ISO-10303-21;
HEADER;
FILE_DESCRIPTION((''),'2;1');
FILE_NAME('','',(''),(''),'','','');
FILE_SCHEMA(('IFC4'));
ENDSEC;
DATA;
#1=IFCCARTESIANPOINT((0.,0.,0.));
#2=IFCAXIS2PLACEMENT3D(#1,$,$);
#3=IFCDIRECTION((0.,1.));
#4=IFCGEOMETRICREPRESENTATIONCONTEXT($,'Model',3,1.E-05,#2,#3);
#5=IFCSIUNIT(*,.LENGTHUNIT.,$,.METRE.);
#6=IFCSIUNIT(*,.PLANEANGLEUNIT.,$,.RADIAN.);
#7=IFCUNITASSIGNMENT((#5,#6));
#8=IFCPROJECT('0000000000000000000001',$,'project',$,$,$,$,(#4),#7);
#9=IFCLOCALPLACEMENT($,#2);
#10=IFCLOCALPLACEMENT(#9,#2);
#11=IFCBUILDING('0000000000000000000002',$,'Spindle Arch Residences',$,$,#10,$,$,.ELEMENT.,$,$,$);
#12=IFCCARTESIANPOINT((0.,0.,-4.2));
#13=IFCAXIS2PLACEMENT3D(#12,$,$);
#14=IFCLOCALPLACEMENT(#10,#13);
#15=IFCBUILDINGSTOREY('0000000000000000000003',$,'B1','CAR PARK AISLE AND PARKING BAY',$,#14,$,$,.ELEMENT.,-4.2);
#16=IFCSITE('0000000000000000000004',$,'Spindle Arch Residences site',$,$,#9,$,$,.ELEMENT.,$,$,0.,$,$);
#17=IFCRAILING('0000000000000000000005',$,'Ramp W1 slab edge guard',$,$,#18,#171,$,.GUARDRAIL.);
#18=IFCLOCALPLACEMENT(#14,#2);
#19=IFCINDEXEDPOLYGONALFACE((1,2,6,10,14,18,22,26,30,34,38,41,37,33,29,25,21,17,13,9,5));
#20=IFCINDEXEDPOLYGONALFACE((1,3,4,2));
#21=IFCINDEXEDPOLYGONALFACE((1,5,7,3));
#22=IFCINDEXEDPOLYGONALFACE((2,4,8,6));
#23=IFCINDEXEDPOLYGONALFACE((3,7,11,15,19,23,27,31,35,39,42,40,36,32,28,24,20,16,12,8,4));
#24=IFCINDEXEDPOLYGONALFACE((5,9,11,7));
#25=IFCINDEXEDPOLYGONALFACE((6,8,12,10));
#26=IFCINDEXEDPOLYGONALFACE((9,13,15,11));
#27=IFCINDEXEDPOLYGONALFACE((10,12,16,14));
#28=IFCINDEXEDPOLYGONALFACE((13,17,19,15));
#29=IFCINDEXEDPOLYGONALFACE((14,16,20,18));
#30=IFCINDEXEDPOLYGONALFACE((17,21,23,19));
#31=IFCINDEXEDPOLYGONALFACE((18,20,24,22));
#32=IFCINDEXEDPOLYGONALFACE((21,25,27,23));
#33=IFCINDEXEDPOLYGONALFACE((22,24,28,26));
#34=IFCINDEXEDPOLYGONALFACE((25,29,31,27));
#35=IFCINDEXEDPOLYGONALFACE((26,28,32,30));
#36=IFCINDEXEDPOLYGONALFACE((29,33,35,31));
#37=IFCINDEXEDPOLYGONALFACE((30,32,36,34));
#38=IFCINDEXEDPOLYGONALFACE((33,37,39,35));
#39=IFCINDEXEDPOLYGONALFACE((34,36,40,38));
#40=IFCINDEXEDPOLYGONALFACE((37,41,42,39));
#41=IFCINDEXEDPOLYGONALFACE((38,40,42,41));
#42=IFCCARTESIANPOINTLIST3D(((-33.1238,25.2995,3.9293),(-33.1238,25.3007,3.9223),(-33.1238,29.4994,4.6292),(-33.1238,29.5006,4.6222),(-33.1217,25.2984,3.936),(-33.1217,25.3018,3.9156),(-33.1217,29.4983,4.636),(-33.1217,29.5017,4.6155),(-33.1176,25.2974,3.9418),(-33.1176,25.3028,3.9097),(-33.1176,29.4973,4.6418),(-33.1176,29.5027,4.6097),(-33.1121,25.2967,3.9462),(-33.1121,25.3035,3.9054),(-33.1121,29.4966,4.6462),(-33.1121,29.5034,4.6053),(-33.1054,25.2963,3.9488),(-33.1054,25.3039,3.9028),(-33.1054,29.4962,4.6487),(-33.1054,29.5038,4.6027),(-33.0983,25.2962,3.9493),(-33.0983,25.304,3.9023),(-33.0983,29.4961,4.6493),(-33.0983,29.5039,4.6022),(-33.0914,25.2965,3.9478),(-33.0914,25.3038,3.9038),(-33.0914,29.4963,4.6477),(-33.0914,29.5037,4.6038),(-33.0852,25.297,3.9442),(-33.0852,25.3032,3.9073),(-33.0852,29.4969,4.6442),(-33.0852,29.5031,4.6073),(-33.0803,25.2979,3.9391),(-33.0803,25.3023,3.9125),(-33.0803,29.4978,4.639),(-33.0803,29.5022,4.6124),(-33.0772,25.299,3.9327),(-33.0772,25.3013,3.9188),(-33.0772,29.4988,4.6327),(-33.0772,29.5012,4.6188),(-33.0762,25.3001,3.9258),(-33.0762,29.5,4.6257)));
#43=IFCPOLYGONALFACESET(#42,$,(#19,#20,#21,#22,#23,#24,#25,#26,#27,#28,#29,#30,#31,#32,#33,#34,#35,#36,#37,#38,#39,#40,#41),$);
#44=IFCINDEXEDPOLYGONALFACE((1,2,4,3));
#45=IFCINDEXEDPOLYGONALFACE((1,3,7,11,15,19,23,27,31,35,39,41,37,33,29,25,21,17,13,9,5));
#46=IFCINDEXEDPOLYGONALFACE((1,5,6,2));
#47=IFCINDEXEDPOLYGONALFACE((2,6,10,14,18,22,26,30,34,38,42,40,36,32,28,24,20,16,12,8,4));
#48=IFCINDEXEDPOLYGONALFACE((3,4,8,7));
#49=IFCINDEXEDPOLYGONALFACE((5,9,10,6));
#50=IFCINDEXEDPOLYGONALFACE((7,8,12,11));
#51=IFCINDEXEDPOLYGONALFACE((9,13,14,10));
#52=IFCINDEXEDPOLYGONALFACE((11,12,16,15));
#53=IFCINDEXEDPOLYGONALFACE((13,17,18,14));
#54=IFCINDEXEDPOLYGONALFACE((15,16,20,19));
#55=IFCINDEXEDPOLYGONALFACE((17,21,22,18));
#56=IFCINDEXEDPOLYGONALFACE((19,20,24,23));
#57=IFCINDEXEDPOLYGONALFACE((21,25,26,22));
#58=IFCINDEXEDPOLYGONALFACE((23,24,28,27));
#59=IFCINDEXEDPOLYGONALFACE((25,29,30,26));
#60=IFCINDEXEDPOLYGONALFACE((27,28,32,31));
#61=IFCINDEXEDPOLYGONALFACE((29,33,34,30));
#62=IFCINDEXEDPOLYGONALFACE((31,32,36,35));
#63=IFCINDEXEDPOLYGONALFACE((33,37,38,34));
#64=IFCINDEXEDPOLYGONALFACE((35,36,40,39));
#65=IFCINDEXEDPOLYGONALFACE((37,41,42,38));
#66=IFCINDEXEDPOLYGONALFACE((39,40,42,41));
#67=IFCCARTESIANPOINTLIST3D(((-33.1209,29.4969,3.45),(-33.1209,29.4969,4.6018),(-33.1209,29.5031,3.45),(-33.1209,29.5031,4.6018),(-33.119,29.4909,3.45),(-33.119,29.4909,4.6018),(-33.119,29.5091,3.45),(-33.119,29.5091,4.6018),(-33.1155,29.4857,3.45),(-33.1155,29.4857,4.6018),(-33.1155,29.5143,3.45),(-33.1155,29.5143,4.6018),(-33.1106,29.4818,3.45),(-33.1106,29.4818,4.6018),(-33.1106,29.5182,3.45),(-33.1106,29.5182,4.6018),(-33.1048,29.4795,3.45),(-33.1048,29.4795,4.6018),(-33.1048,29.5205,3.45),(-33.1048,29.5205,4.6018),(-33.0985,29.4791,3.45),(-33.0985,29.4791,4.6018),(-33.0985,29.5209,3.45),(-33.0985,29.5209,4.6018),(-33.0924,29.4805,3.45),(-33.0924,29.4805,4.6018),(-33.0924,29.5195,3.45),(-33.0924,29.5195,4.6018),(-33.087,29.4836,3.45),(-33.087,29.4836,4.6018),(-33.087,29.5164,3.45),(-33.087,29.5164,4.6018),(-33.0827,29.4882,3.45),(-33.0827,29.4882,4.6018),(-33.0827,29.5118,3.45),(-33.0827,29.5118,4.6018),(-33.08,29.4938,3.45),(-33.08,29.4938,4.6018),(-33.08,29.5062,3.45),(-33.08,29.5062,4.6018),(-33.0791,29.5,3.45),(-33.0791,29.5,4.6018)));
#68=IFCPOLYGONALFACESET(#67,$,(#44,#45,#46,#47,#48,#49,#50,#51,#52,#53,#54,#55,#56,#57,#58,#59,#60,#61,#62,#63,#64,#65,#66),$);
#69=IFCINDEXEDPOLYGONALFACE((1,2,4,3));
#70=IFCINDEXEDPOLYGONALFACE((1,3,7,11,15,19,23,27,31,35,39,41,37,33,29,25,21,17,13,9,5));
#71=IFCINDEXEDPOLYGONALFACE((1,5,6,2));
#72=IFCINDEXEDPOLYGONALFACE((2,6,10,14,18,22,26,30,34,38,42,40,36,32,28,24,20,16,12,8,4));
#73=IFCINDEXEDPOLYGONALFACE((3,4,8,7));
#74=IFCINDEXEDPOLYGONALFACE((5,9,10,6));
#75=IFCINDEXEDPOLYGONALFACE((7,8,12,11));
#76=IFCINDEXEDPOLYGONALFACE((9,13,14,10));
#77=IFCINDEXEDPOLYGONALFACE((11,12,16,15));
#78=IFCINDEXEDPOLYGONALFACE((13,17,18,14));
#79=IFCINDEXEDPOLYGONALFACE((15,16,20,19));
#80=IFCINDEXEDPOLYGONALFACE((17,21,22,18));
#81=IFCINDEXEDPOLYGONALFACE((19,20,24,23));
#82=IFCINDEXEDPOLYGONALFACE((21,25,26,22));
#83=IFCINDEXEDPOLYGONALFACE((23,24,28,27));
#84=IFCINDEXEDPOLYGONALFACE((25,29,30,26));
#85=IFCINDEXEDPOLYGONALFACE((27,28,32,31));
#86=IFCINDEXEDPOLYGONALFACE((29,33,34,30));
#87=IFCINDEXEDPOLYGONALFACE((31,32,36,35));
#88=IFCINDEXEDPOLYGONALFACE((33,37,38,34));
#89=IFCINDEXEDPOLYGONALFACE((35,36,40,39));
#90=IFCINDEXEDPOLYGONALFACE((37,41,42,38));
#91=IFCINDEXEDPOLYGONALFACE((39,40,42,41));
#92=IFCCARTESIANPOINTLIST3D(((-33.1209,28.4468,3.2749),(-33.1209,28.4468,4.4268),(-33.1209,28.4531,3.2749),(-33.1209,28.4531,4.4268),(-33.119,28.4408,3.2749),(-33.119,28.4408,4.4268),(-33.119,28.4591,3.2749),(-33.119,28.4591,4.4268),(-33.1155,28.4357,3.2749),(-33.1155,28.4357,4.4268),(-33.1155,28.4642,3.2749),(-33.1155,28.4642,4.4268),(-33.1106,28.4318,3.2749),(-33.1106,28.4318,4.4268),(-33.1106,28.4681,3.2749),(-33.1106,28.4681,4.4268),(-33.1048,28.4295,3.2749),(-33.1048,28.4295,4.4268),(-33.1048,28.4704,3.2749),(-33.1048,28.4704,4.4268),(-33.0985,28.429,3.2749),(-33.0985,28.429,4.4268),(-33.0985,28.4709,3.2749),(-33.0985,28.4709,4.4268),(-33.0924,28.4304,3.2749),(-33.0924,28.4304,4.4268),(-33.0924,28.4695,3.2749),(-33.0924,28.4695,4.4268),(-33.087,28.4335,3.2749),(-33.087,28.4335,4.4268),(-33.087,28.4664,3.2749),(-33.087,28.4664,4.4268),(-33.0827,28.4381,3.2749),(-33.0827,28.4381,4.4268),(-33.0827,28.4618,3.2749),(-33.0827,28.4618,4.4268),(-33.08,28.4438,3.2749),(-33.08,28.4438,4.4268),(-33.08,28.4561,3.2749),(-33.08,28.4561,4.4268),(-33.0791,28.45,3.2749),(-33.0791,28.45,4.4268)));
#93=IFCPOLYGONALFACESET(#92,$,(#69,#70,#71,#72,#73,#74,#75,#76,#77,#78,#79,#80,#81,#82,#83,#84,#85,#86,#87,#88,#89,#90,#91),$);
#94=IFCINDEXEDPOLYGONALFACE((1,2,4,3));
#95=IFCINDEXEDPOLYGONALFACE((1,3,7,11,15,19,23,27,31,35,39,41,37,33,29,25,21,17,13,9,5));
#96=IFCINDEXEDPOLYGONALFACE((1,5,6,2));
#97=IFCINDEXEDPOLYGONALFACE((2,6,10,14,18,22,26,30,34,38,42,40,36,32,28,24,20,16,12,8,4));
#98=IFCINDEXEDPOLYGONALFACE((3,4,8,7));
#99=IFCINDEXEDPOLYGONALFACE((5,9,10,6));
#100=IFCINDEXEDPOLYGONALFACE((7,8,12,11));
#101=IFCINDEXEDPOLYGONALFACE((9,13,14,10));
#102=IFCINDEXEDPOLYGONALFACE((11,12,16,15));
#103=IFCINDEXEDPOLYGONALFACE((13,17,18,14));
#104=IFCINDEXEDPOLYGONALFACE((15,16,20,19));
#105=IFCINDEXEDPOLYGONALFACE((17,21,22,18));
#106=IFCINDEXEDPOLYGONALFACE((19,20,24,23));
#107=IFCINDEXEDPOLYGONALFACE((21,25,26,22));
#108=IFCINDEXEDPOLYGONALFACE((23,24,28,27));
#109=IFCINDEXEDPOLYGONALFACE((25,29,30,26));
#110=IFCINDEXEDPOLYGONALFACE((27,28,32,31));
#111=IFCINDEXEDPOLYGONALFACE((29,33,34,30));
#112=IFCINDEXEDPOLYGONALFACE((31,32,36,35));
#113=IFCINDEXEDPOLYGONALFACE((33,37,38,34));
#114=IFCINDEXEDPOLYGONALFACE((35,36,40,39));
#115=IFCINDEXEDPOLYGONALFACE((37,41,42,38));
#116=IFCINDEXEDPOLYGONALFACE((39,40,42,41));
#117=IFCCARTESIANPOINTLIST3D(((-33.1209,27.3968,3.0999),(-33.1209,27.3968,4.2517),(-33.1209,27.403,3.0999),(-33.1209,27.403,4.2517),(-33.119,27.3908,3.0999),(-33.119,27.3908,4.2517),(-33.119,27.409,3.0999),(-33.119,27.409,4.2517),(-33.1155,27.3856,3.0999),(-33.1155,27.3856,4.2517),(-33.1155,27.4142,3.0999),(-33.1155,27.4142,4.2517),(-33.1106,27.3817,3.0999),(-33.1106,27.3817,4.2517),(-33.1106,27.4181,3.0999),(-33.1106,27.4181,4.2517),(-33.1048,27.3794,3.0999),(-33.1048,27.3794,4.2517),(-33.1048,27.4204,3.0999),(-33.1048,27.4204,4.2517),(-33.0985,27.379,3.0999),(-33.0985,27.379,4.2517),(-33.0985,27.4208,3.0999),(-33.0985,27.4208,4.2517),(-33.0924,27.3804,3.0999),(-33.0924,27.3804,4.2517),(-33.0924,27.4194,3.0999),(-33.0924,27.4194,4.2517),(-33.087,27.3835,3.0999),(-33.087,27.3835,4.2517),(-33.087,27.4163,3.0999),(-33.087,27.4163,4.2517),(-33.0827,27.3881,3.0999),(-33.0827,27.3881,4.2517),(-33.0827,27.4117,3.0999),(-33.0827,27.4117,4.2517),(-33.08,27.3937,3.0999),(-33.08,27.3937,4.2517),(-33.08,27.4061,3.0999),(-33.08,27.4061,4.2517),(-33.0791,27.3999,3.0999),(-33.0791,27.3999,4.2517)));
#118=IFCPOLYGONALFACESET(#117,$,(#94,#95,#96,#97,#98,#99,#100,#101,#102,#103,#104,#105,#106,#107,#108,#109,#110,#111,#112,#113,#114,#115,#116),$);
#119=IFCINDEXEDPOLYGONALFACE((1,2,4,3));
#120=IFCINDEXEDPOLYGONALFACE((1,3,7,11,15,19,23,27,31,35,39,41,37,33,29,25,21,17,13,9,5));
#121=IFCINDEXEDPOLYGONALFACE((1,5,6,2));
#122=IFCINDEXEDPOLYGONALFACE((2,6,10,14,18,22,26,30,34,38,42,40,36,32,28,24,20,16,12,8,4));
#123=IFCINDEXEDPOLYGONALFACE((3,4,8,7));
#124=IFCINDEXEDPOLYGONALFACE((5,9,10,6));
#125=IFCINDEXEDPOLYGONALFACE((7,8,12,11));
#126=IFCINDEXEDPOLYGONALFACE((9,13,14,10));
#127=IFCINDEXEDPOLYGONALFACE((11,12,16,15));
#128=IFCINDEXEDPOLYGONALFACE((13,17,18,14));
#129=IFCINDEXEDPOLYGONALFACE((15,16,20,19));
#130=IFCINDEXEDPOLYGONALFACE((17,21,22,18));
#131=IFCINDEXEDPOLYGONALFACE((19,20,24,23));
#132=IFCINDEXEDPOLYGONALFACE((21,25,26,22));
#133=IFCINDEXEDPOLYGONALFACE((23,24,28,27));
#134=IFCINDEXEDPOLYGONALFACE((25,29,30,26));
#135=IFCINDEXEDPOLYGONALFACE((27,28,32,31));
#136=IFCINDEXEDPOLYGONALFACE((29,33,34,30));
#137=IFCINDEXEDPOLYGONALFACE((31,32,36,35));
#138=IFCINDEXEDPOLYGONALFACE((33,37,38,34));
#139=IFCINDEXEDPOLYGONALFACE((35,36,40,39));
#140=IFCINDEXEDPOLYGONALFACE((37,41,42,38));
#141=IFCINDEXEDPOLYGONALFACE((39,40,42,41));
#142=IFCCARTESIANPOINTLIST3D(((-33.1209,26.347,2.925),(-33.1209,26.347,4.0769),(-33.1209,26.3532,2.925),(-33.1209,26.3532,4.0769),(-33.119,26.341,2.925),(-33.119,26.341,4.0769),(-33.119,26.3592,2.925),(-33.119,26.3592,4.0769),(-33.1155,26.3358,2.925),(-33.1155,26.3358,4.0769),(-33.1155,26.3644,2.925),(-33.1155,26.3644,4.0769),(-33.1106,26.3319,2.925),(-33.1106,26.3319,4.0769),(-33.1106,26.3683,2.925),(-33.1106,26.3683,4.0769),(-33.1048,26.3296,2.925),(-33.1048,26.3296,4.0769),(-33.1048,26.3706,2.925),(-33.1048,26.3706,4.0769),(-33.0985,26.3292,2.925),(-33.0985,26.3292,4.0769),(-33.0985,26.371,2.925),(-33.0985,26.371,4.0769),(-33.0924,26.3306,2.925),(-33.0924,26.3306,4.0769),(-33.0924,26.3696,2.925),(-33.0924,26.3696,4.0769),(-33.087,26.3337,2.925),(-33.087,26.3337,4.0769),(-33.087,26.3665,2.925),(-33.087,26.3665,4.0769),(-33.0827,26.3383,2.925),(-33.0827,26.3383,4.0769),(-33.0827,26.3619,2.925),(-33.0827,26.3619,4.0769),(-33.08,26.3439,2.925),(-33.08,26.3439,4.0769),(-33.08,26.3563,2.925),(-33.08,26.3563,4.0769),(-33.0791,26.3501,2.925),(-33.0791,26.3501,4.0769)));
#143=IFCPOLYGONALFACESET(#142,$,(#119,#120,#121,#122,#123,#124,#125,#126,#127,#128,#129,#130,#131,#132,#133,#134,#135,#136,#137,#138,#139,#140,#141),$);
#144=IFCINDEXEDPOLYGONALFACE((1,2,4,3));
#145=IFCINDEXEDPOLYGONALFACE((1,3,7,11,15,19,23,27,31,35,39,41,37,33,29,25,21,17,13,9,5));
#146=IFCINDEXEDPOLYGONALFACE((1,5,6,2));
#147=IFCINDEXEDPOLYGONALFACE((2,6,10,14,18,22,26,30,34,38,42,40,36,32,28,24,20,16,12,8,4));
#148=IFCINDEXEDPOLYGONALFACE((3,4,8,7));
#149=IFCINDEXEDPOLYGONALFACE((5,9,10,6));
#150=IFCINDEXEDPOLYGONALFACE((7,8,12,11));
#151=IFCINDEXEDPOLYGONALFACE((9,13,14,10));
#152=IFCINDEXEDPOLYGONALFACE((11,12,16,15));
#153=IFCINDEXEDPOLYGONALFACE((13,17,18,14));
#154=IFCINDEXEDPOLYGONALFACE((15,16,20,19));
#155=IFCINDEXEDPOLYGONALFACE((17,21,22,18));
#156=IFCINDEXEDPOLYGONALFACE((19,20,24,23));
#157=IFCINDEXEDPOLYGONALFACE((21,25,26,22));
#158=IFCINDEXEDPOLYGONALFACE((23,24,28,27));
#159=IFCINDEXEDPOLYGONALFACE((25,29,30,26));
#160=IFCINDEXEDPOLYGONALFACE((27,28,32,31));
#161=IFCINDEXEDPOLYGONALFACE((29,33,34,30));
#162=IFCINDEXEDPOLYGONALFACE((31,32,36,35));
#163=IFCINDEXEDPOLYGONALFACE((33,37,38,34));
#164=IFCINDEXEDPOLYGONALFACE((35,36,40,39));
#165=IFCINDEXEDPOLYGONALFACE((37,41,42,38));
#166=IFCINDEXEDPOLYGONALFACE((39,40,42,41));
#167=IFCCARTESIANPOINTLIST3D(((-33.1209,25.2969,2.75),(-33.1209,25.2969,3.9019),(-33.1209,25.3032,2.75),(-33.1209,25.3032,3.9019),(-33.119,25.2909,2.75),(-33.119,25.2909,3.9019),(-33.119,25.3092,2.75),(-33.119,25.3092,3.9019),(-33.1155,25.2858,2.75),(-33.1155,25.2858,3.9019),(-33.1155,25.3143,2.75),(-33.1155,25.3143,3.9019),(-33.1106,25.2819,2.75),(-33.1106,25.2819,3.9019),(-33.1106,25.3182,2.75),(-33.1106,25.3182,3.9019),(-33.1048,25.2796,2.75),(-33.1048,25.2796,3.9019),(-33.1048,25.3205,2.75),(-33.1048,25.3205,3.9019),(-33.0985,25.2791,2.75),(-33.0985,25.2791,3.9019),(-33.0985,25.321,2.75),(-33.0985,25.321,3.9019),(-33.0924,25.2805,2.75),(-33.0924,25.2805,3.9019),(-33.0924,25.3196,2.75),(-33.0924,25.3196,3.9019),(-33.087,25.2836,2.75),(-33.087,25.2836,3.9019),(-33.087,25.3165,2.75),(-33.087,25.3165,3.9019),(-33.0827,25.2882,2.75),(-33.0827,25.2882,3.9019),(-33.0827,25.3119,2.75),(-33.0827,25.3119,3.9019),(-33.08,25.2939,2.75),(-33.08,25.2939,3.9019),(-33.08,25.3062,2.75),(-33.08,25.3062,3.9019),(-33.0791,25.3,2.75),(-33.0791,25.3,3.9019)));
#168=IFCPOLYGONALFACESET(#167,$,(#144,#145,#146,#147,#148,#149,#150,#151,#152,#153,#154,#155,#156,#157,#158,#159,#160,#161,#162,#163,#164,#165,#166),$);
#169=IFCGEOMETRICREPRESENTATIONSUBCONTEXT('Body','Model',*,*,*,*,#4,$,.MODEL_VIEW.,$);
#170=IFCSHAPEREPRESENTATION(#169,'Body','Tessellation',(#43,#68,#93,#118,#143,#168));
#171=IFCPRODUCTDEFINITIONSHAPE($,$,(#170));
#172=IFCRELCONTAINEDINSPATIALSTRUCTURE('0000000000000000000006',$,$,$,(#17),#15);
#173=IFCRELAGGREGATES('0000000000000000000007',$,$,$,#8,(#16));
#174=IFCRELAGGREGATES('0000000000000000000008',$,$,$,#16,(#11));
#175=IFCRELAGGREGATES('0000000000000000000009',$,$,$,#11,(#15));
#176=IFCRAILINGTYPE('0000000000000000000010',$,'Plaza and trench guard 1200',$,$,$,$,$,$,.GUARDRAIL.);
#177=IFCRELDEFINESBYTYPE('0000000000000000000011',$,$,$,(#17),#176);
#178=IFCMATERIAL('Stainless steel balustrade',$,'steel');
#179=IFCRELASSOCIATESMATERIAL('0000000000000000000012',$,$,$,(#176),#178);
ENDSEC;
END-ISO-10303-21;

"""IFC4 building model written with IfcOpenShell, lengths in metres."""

from ifc_helpers import new_model, si_unit, direction, frame, origin, origin_2d, place, context, subcontext, project, spatial, circle, extrude, material, type_object, element, save


model = new_model("IFC4")

# Units and contexts
model_context = context("Model", 3, precision=1e-05, world=origin(), true_north=direction((0.0, 1.0)))
body_context = subcontext(model_context, "Body", "Model", "MODEL_VIEW")
ifc_project = project(units=[si_unit("LENGTHUNIT", "METRE"), si_unit("PLANEANGLEUNIT", "RADIAN")], contexts=[model_context])

# Site, building, storey
site_placement = place(None, origin())
site = spatial("IfcSite", under=ifc_project, at=site_placement, Name="Spindle Arch Residences site", CompositionType="ELEMENT", RefElevation=0.0)
building_placement = place(site_placement, origin())
building = spatial("IfcBuilding", under=site, at=building_placement, Name="Spindle Arch Residences", CompositionType="ELEMENT")
storey_placement = place(building_placement, frame((0.0, 0.0, -4.2)))
storey = spatial("IfcBuildingStorey", under=building, at=storey_placement, Name="B1", Description="CAR PARK AISLE AND PARKING BAY", CompositionType="ELEMENT", Elevation=-4.2)

# Railing
ifc_material_1 = material(Name="Stainless steel balustrade", Category="steel")
railing_type = type_object("IfcRailingType", Name="Plaza and trench guard 1200", PredefinedType="GUARDRAIL", material=ifc_material_1)
railing_placement = place(storey_placement, frame((-33.1001, 29.5, 3.45)))
element("IfcRailing", 1, at=railing_placement, inside=storey, type_object=railing_type, Name="Ramp W1 slab edge guard", PredefinedType="GUARDRAIL", context=body_context, shape_type="SweptSolid", body=[
    extrude(circle(Radius=0.0239, at=origin_2d()), frame((0.0, 0.0, 1.1758), z_axis=(0.0, -0.986395, -0.16439), x_axis=(1.0, 0.0, 0.0)), (0.0, 0.0, 1.0), 4.2578),
    extrude(circle(Radius=0.021, at=origin_2d()), origin(), (0.0, 0.0, 1.0), 1.1519),
    extrude(circle(Radius=0.021, at=origin_2d()), frame((0.0, -1.05, -0.175)), (0.0, 0.0, 1.0), 1.1519),
    extrude(circle(Radius=0.021, at=origin_2d()), frame((0.0, -2.1001, -0.3501)), (0.0, 0.0, 1.0), 1.1519),
    extrude(circle(Radius=0.021, at=origin_2d()), frame((0.0, -3.1499, -0.5249)), (0.0, 0.0, 1.0), 1.1519),
    extrude(circle(Radius=0.021, at=origin_2d()), frame((0.0, -4.2, -0.7)), (0.0, 0.0, 1.0), 1.1519),
])

save(model, "model.ifc")
